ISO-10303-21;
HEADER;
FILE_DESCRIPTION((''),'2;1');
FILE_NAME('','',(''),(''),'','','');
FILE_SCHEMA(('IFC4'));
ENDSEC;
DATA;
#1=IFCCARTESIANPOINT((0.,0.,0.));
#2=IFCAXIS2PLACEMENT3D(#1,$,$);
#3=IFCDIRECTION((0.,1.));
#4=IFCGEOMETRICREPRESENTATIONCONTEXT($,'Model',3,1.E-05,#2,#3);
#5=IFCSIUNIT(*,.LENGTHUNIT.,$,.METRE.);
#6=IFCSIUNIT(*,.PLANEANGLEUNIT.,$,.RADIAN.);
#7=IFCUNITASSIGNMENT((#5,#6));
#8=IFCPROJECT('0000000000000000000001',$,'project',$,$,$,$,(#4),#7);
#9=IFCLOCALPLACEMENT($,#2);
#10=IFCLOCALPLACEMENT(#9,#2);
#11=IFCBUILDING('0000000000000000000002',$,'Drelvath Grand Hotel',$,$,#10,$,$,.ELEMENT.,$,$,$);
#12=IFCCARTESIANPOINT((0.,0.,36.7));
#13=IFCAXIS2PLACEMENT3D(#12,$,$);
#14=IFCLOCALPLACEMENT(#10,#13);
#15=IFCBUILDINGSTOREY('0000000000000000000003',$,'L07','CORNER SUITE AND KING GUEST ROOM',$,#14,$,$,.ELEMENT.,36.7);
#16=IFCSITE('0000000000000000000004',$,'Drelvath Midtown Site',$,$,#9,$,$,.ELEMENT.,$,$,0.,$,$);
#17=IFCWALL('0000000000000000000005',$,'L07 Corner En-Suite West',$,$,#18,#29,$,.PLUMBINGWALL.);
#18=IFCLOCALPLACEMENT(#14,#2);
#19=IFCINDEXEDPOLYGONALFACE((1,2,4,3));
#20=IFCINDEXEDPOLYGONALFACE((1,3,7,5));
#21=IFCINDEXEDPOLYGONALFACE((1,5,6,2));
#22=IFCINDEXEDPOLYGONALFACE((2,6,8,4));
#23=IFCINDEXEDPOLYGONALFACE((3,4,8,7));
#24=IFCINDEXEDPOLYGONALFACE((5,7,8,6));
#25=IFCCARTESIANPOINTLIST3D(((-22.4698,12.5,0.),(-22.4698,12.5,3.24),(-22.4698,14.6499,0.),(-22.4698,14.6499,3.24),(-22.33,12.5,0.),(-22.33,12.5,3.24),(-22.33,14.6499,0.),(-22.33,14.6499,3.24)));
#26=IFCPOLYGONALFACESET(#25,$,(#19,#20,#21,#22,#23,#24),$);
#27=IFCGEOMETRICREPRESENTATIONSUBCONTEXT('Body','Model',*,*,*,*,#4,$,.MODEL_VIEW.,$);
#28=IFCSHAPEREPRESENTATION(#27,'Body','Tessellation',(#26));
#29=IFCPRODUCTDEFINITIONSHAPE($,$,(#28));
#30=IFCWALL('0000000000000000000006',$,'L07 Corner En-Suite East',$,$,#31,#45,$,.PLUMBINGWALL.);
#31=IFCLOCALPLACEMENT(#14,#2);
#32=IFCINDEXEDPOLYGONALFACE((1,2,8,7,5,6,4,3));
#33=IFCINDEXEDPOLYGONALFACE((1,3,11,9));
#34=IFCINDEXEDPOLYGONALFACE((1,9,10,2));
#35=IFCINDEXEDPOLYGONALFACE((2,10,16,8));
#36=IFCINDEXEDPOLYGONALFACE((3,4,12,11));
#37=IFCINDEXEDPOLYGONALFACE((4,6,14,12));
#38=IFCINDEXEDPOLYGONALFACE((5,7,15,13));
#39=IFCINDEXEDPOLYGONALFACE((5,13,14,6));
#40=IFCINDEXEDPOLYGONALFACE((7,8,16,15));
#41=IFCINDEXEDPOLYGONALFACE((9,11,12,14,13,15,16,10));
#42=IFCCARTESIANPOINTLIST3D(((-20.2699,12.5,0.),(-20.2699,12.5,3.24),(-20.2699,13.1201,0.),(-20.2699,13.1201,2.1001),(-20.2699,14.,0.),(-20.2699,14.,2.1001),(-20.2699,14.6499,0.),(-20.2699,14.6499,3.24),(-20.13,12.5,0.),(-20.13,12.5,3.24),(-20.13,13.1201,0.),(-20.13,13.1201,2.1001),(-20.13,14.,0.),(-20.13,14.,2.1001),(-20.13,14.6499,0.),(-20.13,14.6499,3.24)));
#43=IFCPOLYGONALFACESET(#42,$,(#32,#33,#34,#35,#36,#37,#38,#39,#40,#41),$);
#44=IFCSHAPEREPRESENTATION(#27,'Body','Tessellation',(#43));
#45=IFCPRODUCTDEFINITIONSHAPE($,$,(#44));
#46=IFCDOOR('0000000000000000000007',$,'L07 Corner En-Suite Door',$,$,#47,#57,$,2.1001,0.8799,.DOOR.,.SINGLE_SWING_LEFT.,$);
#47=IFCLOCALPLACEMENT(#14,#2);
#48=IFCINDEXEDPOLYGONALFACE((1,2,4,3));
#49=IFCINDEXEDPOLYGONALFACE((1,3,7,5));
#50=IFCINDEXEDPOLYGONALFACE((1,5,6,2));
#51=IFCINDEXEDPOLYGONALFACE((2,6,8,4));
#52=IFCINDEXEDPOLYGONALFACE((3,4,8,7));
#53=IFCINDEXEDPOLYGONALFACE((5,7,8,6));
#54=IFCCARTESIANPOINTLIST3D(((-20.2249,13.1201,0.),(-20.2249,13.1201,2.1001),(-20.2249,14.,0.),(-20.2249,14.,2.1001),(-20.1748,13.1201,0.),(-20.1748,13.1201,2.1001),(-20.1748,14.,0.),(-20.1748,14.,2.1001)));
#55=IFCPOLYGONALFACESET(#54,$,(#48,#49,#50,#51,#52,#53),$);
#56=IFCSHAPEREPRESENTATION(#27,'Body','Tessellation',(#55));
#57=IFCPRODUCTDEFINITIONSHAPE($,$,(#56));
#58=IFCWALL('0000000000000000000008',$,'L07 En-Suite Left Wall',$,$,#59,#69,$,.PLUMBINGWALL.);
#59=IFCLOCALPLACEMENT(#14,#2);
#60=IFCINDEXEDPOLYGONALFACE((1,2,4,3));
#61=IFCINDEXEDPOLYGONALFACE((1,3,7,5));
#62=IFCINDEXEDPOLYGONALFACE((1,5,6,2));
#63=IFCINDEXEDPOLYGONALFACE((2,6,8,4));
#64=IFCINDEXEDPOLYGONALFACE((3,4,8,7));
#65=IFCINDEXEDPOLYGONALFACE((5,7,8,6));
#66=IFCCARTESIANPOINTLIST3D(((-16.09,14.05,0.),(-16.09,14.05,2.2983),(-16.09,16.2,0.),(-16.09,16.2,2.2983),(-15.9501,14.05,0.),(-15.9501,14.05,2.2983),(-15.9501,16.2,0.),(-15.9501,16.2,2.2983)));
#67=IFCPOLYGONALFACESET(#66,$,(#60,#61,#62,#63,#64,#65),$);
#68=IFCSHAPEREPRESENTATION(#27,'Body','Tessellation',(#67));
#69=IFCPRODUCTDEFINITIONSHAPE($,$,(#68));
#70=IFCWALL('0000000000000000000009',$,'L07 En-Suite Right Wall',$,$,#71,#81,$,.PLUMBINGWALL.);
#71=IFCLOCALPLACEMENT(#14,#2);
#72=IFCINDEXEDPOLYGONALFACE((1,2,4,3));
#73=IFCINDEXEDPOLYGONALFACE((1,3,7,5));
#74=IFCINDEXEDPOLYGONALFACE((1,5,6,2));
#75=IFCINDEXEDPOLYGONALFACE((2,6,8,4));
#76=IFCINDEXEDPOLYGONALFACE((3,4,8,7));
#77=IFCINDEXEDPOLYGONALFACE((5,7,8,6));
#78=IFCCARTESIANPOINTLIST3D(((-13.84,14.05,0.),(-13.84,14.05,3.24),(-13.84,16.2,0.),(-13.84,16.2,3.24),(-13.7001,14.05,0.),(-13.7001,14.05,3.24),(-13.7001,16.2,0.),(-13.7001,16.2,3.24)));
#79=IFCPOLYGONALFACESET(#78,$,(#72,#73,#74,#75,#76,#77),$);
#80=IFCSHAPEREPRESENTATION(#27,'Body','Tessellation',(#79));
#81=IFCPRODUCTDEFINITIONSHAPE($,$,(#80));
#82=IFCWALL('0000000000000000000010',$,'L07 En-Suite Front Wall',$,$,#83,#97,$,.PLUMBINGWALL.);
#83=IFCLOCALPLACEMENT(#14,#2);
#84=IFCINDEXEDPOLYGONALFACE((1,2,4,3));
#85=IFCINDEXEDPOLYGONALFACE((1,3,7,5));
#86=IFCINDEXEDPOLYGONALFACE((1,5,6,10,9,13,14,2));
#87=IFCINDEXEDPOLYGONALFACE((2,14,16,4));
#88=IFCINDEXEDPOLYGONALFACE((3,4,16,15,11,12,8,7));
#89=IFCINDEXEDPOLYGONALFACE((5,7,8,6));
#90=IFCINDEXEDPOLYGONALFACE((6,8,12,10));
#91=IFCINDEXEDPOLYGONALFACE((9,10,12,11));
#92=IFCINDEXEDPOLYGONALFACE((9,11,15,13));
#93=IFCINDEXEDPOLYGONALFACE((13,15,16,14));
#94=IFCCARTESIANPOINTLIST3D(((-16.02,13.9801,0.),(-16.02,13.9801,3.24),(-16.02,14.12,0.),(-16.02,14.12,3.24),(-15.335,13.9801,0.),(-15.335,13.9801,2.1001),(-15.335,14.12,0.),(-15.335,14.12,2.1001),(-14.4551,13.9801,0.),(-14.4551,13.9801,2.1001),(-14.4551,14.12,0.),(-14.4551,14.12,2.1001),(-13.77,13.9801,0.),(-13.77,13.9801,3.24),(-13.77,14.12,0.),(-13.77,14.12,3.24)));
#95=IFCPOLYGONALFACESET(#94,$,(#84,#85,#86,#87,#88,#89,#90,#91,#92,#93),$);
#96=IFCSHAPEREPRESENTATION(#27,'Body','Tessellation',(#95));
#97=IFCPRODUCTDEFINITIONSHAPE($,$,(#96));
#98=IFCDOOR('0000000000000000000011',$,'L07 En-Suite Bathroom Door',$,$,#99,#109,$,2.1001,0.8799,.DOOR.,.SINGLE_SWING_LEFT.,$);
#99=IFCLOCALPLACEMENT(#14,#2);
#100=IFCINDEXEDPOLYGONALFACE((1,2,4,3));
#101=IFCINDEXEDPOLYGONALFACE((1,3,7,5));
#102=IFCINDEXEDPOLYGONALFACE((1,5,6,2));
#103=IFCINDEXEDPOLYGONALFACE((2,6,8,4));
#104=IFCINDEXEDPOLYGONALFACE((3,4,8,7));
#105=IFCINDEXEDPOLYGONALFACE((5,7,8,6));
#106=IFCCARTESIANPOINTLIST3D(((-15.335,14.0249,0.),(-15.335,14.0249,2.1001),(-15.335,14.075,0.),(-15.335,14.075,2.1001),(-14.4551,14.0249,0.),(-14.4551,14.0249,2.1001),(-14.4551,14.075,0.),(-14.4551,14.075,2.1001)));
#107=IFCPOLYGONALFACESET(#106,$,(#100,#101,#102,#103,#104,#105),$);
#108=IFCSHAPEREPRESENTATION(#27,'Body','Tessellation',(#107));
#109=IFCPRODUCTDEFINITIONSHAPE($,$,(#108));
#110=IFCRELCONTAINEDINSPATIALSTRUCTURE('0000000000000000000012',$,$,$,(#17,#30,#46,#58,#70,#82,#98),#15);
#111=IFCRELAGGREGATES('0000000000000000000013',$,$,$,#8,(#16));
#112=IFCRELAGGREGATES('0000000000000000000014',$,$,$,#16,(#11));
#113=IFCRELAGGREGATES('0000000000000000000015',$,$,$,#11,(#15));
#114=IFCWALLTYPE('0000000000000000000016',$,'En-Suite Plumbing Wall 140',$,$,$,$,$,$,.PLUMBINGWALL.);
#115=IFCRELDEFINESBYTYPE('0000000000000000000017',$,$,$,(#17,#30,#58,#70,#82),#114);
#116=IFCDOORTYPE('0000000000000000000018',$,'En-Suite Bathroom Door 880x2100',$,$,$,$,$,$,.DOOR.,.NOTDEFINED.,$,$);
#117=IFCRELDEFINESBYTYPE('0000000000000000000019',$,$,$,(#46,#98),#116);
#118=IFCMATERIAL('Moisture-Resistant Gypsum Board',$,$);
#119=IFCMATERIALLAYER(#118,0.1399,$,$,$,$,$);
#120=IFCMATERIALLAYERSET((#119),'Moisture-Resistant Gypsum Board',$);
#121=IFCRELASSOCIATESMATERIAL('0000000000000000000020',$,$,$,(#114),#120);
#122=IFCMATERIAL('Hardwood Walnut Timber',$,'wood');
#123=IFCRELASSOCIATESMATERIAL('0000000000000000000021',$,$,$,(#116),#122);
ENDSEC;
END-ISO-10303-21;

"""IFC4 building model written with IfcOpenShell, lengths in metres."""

from ifc_helpers import new_model, si_unit, direction, frame, frame_2d, origin, place, context, subcontext, project, spatial, rectangle, extrude, material, layer, layer_set, type_object, element, fill, save


model = new_model("IFC4")

# Units and contexts
model_context = context("Model", 3, precision=1e-05, world=origin(), true_north=direction((0.0, 1.0)))
body_context = subcontext(model_context, "Body", "Model", "MODEL_VIEW")
ifc_project = project(units=[si_unit("LENGTHUNIT", "METRE"), si_unit("PLANEANGLEUNIT", "RADIAN")], contexts=[model_context])

# Site, building, storey
site_placement = place(None, origin())
site = spatial("IfcSite", under=ifc_project, at=site_placement, Name="Drelvath Midtown Site", CompositionType="ELEMENT", RefElevation=0.0)
building_placement = place(site_placement, origin())
building = spatial("IfcBuilding", under=site, at=building_placement, Name="Drelvath Grand Hotel", CompositionType="ELEMENT")
storey_placement = place(building_placement, frame((0.0, 0.0, 36.7)))
storey = spatial("IfcBuildingStorey", under=building, at=storey_placement, Name="L07", Description="CORNER SUITE AND KING GUEST ROOM", CompositionType="ELEMENT", Elevation=36.7)

# Shared definitions
ifc_material_1 = material(Name="Hardwood Walnut Timber", Category="wood")

# Wall
ifc_material_2 = material(Name="Moisture-Resistant Gypsum Board")
ifc_layer_1 = layer(ifc_material_2, 0.1399)
ifc_layer_set_1 = layer_set([ifc_layer_1], Name="Moisture-Resistant Gypsum Board")
wall_type_1 = type_object("IfcWallType", Name="En-Suite Plumbing Wall 140", PredefinedType="PLUMBINGWALL", material=ifc_layer_set_1)
wall_1_placement = place(storey_placement, frame((-22.3999, 12.5, 0.0), z_axis=(0.0, 0.0, 1.0), x_axis=(0.0, 1.0, 0.0)))
element("IfcWall", 1, at=wall_1_placement, inside=storey, type_object=wall_type_1, Name="L07 Corner En-Suite West", PredefinedType="PLUMBINGWALL", context=body_context, shape_type="SweptSolid", body=[
    extrude(rectangle(XDim=2.1499, YDim=0.1399, at=frame_2d((1.075, 0.0))), origin(), (0.0, 0.0, 1.0), 3.24),
])

# Wall, opening, door
wall_2_placement = place(storey_placement, frame((-20.2, 12.5, 0.0), z_axis=(0.0, 0.0, 1.0), x_axis=(0.0, 1.0, 0.0)))
wall_2 = element("IfcWall", 2, at=wall_2_placement, inside=storey, type_object=wall_type_1, Name="L07 Corner En-Suite East", PredefinedType="PLUMBINGWALL", context=body_context, shape_type="SweptSolid", body=[
    extrude(rectangle(XDim=2.1499, YDim=0.1399, at=frame_2d((1.075, 0.0))), origin(), (0.0, 0.0, 1.0), 3.24),
])
opening_1_placement = place(wall_2_placement, frame((0.6201, 0.0, 0.0)))
opening_1 = element("IfcOpeningElement", 3, at=opening_1_placement, cuts=wall_2, PredefinedType="OPENING", context=body_context, shape_type="SweptSolid", body=[
    extrude(rectangle(XDim=0.8799, YDim=2.1001, at=frame_2d((0.4399, 1.05))), frame((0.0, 0.0798, 0.0), z_axis=(0.0, -1.0, 0.0), x_axis=(1.0, 0.0, 0.0)), (0.0, 0.0, 1.0), 0.1599),
])
door_type_1 = type_object("IfcDoorType", Name="En-Suite Bathroom Door 880x2100", OperationType="NOTDEFINED", PredefinedType="DOOR", material=ifc_material_1)
door_1_placement = place(opening_1_placement, origin())
door_1 = element("IfcDoor", 4, at=door_1_placement, inside=storey, type_object=door_type_1, Name="L07 Corner En-Suite Door", OperationType="SINGLE_SWING_LEFT", OverallHeight=2.1001, OverallWidth=0.8799, PredefinedType="DOOR", context=body_context, shape_type="SweptSolid", body=[
    extrude(rectangle(XDim=0.8799, YDim=2.1001, at=frame_2d((0.4399, 1.05))), frame((0.0, 0.0249, 0.0), z_axis=(0.0, -1.0, 0.0), x_axis=(1.0, 0.0, 0.0)), (0.0, 0.0, 1.0), 0.05),
])
fill(opening_1, door_1)

# Walls
wall_3_placement = place(storey_placement, frame((-16.02, 16.2, 0.0), z_axis=(0.0, 0.0, 1.0), x_axis=(0.0, -1.0, 0.0)))
element("IfcWall", 5, at=wall_3_placement, inside=storey, type_object=wall_type_1, Name="L07 En-Suite Left Wall", PredefinedType="PLUMBINGWALL", context=body_context, shape_type="SweptSolid", body=[
    extrude(rectangle(XDim=2.1499, YDim=0.1399, at=frame_2d((1.075, 0.0))), origin(), (0.0, 0.0, 1.0), 2.2983),
])
wall_4_placement = place(storey_placement, frame((-13.77, 16.2, 0.0), z_axis=(0.0, 0.0, 1.0), x_axis=(0.0, -1.0, 0.0)))
element("IfcWall", 6, at=wall_4_placement, inside=storey, type_object=wall_type_1, Name="L07 En-Suite Right Wall", PredefinedType="PLUMBINGWALL", context=body_context, shape_type="SweptSolid", body=[
    extrude(rectangle(XDim=2.1499, YDim=0.1399, at=frame_2d((1.075, 0.0))), origin(), (0.0, 0.0, 1.0), 3.24),
])

# Wall, opening, door
wall_5_placement = place(storey_placement, frame((-16.02, 14.05, 0.0), z_axis=(0.0, 0.0, 1.0), x_axis=(1.0, 0.0, 0.0)))
wall_5 = element("IfcWall", 7, at=wall_5_placement, inside=storey, type_object=wall_type_1, Name="L07 En-Suite Front Wall", PredefinedType="PLUMBINGWALL", context=body_context, shape_type="SweptSolid", body=[
    extrude(rectangle(XDim=2.25, YDim=0.1399, at=frame_2d((1.125, 0.0))), origin(), (0.0, 0.0, 1.0), 3.24),
])
opening_2_placement = place(wall_5_placement, frame((0.6851, 0.0, 0.0)))
opening_2 = element("IfcOpeningElement", 8, at=opening_2_placement, cuts=wall_5, PredefinedType="OPENING", context=body_context, shape_type="SweptSolid", body=[
    extrude(rectangle(XDim=0.8799, YDim=2.1001, at=frame_2d((0.4399, 1.05))), frame((0.0, 0.0798, 0.0), z_axis=(0.0, -1.0, 0.0), x_axis=(1.0, 0.0, 0.0)), (0.0, 0.0, 1.0), 0.1599),
])
door_2_placement = place(opening_2_placement, origin())
door_2 = element("IfcDoor", 9, at=door_2_placement, inside=storey, type_object=door_type_1, Name="L07 En-Suite Bathroom Door", OperationType="SINGLE_SWING_LEFT", OverallHeight=2.1001, OverallWidth=0.8799, PredefinedType="DOOR", context=body_context, shape_type="SweptSolid", body=[
    extrude(rectangle(XDim=0.8799, YDim=2.1001, at=frame_2d((0.4399, 1.05))), frame((0.0, 0.0249, 0.0), z_axis=(0.0, -1.0, 0.0), x_axis=(1.0, 0.0, 0.0)), (0.0, 0.0, 1.0), 0.05),
])
fill(opening_2, door_2)

save(model, "model.ifc")
